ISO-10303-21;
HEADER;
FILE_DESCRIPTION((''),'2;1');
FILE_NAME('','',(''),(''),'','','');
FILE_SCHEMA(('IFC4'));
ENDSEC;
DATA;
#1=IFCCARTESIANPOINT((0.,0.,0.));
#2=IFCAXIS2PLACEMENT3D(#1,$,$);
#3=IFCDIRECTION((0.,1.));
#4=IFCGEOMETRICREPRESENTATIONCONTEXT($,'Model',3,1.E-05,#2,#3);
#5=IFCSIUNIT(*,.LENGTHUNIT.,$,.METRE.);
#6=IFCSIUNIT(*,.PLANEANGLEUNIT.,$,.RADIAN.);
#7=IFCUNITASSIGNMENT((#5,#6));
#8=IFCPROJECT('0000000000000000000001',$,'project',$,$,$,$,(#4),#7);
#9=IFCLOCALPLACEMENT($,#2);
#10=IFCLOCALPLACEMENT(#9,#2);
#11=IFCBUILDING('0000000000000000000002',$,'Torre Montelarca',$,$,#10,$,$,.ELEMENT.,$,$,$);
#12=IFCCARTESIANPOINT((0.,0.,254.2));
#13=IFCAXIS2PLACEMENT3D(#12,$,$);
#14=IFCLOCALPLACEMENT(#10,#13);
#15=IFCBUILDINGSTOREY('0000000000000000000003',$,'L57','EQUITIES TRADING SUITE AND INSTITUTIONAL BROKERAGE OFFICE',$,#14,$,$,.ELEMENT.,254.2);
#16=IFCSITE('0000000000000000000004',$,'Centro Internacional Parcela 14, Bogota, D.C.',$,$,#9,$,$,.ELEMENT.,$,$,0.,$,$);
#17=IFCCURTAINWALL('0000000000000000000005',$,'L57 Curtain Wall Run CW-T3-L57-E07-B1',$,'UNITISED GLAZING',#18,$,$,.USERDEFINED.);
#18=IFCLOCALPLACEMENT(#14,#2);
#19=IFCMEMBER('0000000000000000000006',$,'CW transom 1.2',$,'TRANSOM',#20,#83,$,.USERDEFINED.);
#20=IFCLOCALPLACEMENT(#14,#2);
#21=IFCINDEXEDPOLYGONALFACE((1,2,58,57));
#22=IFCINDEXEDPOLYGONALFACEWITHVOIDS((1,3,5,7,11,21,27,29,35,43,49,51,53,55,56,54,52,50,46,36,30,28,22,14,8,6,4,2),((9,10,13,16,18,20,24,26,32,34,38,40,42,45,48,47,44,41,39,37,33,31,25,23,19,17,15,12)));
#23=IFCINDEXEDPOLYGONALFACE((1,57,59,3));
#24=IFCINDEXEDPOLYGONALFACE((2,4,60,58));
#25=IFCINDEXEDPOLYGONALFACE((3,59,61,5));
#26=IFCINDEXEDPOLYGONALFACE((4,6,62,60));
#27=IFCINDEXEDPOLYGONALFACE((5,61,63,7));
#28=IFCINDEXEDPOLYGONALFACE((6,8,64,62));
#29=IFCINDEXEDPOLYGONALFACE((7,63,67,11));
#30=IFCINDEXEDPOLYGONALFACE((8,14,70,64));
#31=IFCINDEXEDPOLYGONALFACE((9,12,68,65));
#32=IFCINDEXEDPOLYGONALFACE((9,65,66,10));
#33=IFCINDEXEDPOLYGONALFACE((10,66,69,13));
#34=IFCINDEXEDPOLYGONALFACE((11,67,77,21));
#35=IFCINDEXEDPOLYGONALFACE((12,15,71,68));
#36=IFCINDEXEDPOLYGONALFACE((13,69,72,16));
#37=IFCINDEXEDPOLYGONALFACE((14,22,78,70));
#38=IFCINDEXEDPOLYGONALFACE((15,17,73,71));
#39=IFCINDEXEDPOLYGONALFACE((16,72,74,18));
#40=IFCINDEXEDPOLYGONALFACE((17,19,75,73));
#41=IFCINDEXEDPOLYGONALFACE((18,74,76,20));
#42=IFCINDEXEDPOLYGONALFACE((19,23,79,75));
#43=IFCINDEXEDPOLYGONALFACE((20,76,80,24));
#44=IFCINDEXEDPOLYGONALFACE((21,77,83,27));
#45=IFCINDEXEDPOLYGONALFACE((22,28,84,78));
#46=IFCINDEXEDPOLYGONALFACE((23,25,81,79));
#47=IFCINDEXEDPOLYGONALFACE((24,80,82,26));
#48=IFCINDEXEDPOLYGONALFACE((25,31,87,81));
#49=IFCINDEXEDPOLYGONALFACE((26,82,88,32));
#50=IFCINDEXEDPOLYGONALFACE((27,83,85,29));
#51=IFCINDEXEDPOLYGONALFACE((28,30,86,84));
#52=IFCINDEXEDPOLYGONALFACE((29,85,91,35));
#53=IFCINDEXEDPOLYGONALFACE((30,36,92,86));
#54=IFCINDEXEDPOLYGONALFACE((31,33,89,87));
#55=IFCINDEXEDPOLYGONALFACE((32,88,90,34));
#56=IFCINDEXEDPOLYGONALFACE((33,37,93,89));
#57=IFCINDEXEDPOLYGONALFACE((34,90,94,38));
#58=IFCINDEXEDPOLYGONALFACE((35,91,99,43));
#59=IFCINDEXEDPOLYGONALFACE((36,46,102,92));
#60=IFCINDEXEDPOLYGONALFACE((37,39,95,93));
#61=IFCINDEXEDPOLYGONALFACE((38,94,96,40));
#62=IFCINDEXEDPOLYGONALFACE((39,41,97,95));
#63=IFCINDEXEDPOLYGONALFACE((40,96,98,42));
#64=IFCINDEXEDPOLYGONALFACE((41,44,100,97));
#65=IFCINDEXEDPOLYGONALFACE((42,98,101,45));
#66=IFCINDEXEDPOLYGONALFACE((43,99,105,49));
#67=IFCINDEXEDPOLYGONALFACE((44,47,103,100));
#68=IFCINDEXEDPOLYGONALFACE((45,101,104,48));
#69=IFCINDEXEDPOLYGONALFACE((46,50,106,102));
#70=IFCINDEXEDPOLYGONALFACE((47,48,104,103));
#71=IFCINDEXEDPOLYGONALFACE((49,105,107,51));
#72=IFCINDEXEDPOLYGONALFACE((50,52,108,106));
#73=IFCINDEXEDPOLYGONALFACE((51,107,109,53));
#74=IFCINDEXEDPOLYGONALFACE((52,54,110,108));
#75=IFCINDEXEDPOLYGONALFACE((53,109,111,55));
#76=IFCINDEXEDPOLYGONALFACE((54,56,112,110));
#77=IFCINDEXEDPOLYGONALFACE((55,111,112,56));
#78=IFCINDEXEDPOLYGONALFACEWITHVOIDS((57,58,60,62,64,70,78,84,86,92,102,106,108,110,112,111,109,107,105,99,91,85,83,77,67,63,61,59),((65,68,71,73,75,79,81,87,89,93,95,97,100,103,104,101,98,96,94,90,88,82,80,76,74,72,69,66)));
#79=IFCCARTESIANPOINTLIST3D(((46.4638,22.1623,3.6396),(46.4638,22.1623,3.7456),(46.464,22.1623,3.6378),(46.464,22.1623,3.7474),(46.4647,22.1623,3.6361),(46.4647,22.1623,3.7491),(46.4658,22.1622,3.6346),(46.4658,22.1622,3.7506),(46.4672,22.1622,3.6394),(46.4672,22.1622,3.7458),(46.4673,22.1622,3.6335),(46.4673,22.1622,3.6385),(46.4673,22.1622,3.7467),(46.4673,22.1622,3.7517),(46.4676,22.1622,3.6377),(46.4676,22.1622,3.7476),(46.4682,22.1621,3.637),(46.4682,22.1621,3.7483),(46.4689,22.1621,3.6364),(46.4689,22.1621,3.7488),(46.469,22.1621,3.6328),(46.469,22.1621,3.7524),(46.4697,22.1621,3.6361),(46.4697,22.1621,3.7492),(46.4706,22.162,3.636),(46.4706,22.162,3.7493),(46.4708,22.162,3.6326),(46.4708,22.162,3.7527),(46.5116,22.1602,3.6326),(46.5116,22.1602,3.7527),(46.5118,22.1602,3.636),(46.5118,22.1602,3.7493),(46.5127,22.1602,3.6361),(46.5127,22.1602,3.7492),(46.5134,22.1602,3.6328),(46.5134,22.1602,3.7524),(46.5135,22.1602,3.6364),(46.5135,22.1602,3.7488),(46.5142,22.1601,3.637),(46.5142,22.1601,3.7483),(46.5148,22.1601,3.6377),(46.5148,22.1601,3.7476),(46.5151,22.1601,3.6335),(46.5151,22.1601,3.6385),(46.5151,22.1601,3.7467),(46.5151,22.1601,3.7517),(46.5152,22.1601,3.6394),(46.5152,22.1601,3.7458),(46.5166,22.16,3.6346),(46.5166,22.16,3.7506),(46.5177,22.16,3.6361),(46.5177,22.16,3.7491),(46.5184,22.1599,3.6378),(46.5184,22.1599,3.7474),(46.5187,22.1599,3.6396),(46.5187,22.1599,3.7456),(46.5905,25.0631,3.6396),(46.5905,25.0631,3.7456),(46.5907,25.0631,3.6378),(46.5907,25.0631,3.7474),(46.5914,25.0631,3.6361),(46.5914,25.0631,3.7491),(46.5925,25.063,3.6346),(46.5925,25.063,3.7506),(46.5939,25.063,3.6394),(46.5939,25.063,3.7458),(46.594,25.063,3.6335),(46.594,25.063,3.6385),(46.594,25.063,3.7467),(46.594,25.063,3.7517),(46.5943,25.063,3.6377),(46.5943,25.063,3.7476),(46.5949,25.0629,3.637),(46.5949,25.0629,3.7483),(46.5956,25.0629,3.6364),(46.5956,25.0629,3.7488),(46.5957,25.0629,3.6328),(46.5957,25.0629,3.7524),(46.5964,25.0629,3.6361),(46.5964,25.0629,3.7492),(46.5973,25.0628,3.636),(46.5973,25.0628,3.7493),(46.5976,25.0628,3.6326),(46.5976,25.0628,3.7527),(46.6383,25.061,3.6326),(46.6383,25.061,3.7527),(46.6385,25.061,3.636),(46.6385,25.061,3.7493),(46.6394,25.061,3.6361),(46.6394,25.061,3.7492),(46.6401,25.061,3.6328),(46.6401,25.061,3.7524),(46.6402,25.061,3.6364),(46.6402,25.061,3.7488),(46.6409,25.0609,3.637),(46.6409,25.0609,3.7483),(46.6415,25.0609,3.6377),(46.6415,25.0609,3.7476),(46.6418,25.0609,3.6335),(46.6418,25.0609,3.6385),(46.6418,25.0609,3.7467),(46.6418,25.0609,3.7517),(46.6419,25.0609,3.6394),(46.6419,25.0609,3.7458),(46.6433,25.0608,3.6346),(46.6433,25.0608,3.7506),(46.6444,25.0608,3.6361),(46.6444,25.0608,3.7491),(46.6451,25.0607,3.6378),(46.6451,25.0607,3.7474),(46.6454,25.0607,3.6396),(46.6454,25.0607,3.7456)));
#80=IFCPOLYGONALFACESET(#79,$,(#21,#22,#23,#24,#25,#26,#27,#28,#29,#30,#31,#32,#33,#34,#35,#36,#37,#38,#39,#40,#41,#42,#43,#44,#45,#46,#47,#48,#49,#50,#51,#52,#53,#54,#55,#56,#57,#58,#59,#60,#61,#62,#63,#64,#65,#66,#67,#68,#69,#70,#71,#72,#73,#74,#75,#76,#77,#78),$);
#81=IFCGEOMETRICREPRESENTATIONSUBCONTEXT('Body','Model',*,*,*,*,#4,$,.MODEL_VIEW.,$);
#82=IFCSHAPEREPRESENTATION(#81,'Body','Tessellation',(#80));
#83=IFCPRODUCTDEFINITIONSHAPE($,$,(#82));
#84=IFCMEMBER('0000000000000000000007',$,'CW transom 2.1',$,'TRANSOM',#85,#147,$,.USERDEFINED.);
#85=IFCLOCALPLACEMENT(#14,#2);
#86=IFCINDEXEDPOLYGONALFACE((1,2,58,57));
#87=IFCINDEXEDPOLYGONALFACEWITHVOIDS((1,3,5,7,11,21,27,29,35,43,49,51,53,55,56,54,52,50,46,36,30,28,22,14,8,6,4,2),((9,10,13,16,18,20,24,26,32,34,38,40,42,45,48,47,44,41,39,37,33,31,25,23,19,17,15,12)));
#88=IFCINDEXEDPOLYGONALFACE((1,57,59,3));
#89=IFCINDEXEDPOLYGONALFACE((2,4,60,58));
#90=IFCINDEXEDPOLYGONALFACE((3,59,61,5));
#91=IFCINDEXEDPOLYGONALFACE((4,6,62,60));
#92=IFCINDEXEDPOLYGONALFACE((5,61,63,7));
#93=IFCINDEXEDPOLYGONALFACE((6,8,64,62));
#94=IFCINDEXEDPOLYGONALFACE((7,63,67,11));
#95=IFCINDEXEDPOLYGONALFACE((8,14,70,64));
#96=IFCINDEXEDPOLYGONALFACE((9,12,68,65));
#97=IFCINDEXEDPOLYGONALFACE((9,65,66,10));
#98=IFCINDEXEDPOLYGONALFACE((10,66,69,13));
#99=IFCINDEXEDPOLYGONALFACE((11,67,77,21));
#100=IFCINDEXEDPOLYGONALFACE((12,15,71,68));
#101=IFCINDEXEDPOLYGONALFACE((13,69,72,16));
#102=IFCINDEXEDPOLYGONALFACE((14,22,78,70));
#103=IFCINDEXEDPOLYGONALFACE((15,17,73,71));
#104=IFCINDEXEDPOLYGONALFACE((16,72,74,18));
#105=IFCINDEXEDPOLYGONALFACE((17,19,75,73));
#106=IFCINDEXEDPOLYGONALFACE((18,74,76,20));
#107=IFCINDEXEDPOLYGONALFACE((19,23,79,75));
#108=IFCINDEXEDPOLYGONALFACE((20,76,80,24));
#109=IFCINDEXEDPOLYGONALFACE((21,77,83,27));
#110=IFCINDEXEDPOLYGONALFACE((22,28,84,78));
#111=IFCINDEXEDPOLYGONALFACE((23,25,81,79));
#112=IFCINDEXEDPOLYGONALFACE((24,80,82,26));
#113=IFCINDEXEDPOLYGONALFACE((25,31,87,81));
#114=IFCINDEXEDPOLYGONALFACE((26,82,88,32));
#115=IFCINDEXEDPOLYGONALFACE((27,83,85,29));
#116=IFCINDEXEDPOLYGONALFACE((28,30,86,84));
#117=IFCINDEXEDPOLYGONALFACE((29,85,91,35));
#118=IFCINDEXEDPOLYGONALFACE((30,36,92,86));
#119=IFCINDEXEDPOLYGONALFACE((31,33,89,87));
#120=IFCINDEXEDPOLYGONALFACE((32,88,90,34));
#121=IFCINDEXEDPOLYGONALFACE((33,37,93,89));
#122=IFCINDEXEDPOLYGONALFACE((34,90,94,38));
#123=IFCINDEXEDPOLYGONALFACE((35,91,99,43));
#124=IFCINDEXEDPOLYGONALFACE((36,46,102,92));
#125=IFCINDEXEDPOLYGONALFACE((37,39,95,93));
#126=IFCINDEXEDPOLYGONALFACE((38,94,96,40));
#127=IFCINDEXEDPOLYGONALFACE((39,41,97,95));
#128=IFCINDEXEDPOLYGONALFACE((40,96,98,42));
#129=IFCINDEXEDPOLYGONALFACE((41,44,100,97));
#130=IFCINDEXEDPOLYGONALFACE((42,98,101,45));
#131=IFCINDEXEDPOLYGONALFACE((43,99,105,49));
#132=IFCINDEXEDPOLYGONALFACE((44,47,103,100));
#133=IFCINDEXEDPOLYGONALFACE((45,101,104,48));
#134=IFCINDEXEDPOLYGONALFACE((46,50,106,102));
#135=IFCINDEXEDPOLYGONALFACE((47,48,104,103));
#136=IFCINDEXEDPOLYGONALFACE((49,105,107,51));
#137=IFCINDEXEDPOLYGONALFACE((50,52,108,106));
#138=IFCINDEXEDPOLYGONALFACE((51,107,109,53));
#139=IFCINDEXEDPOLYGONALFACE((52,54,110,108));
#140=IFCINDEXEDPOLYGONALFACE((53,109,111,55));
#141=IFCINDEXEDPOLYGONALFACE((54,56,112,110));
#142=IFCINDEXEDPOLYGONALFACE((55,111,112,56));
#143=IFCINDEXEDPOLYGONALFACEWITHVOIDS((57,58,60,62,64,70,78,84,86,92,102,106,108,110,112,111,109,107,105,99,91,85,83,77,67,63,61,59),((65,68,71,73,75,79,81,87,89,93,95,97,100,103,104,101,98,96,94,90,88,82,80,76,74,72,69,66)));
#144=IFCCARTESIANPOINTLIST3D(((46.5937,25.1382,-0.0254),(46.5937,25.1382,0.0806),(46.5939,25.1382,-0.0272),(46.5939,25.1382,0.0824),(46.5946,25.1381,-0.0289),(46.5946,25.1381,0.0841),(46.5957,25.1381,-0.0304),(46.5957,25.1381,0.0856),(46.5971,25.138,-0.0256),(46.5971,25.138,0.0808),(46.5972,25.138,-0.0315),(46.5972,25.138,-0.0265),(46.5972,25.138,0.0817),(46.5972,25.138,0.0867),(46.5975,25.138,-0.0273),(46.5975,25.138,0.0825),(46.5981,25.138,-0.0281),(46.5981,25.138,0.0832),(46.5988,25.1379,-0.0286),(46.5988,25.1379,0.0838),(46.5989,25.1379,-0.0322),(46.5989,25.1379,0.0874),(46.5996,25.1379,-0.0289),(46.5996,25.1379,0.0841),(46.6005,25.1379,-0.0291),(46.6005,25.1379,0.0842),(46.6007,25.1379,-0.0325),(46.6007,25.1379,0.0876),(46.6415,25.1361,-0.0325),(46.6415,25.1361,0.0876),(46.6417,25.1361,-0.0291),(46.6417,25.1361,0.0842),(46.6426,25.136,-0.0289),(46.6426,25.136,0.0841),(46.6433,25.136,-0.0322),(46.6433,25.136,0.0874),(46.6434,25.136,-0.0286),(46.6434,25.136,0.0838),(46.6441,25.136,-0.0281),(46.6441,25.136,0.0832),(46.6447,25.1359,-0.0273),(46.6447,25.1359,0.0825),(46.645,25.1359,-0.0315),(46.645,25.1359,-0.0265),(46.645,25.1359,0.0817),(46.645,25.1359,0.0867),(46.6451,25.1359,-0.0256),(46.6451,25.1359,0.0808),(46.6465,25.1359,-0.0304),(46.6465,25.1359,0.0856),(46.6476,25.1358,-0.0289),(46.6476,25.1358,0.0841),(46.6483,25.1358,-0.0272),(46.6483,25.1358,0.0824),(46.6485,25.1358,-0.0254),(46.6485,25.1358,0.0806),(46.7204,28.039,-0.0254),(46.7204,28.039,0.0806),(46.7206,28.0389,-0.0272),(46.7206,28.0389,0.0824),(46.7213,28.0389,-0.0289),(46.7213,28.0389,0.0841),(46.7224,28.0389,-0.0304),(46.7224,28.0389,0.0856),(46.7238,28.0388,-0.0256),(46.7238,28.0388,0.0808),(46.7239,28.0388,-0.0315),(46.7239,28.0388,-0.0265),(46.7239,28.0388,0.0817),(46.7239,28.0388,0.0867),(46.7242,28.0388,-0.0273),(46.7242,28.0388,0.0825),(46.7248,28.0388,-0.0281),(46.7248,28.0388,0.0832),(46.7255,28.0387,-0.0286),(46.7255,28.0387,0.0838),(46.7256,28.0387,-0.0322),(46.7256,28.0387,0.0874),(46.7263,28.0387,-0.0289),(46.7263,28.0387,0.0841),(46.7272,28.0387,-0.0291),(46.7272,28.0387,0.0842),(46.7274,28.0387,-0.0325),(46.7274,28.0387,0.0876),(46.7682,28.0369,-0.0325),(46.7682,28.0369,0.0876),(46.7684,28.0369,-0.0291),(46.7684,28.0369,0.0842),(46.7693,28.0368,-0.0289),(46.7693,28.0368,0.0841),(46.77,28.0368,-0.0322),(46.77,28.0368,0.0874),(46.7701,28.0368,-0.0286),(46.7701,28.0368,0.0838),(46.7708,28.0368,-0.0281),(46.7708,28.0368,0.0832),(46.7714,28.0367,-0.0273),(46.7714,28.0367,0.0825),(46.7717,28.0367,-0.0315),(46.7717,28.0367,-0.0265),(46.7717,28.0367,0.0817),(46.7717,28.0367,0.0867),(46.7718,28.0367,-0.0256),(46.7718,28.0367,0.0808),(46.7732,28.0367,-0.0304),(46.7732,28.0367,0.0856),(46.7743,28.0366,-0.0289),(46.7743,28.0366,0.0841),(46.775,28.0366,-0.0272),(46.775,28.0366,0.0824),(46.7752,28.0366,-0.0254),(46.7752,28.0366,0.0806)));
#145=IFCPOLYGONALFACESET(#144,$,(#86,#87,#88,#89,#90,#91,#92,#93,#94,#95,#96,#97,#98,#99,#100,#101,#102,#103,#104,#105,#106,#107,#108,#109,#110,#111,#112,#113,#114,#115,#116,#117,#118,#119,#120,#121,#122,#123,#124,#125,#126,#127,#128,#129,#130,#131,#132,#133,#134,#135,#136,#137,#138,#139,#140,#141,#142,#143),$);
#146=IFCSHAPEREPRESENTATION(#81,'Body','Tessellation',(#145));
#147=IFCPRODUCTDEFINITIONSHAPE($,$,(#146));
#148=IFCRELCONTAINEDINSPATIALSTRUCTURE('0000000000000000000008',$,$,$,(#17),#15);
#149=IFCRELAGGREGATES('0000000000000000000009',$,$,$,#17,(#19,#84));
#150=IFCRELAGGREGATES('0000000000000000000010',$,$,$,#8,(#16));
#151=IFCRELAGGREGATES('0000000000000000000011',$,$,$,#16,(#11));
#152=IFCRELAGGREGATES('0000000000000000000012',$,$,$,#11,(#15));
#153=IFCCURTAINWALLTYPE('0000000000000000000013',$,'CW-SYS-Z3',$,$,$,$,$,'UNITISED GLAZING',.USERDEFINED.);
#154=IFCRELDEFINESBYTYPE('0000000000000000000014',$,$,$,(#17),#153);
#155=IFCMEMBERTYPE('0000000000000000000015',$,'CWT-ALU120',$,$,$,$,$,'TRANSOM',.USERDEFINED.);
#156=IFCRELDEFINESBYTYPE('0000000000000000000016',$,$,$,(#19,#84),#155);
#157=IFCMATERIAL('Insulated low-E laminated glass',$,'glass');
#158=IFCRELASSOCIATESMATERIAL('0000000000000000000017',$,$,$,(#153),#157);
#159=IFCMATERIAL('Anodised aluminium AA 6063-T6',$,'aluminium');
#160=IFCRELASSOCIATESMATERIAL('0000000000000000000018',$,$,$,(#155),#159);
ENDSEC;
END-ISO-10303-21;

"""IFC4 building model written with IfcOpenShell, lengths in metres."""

from ifc_helpers import new_model, si_unit, direction, frame, origin, origin_2d, place, context, subcontext, project, spatial, hollow_rectangle, extrude, source, transform, mapped, material, material_profile, profile_set, type_object, element, aggregate, save


model = new_model("IFC4")

# Units and contexts
model_context = context("Model", 3, precision=1e-05, world=origin(), true_north=direction((0.0, 1.0)))
body_context = subcontext(model_context, "Body", "Model", "MODEL_VIEW")
ifc_project = project(units=[si_unit("LENGTHUNIT", "METRE"), si_unit("PLANEANGLEUNIT", "RADIAN")], contexts=[model_context])

# Site, building, storey
site_placement = place(None, origin())
site = spatial("IfcSite", under=ifc_project, at=site_placement, Name="Centro Internacional Parcela 14, Bogota, D.C.", CompositionType="ELEMENT", RefElevation=0.0)
building_placement = place(site_placement, origin())
building = spatial("IfcBuilding", under=site, at=building_placement, Name="Torre Montelarca", CompositionType="ELEMENT")
storey_placement = place(building_placement, frame((0.0, 0.0, 254.2)))
storey = spatial("IfcBuildingStorey", under=building, at=storey_placement, Name="L57", Description="EQUITIES TRADING SUITE AND INSTITUTIONAL BROKERAGE OFFICE", CompositionType="ELEMENT", Elevation=254.2)

# Curtain wall, members
ifc_material_1 = material(Name="Insulated low-E laminated glass", Category="glass")
curtain_wall_type = type_object("IfcCurtainWallType", Name="CW-SYS-Z3", ElementType="UNITISED GLAZING", PredefinedType="USERDEFINED", material=ifc_material_1)
curtain_wall_1_placement = place(storey_placement, origin())
curtain_wall_1 = element("IfcCurtainWall", 1, at=curtain_wall_1_placement, inside=storey, type_object=curtain_wall_type, Name="L57 Curtain Wall Run CW-T3-L57-E07-B1", ObjectType="UNITISED GLAZING", PredefinedType="USERDEFINED")
ifc_material_2 = material(Name="Anodised aluminium AA 6063-T6", Category="aluminium")
ifc_material_profile_1 = material_profile(ifc_material_2, hollow_rectangle(XDim=0.0549, YDim=0.1201, WallThickness=0.0034, InnerFilletRadius=0.0034, OuterFilletRadius=0.0071, at=origin_2d()), Name="ALU55X120X3.5", Category="aluminium")
ifc_profile_set_1 = profile_set([ifc_material_profile_1], Name="Anodised aluminium AA 6063-T6")
member_type_1 = type_object("IfcMemberType", Name="CWT-ALU120", ElementType="TRANSOM", PredefinedType="USERDEFINED", material=ifc_profile_set_1)
shared_shape_1 = source(origin(), body_context, "Body", "SweptSolid", [
    extrude(hollow_rectangle(XDim=0.0549, YDim=0.1201, WallThickness=0.0034, InnerFilletRadius=0.0034, OuterFilletRadius=0.0071, at=origin_2d()), origin(), (0.0, 0.0, 1.0), 2.9036),
])
member_1_placement = place(storey_placement, frame((46.4912, 22.1611, 3.6926), z_axis=(0.043638, 0.999047, 0.0), x_axis=(-0.999047, 0.043638, 0.0)))
member_1 = element("IfcMember", 2, at=member_1_placement, type_object=member_type_1, Name="CW transom 1.2", ObjectType="TRANSOM", PredefinedType="USERDEFINED", context=body_context, shape_type="MappedRepresentation", body=[
    mapped(shared_shape_1, transform((0.0, 0.0, 0.0), scale=1.0)),
])
member_2_placement = place(storey_placement, frame((46.6211, 25.137, 0.0276), z_axis=(0.043638, 0.999047, 0.0), x_axis=(-0.999047, 0.043638, 0.0)))
member_2 = element("IfcMember", 3, at=member_2_placement, type_object=member_type_1, Name="CW transom 2.1", ObjectType="TRANSOM", PredefinedType="USERDEFINED", context=body_context, shape_type="MappedRepresentation", body=[
    mapped(shared_shape_1, transform((0.0, 0.0, 0.0), scale=1.0)),
])

aggregate(curtain_wall_1, [member_1, member_2])

save(model, "model.ifc")
